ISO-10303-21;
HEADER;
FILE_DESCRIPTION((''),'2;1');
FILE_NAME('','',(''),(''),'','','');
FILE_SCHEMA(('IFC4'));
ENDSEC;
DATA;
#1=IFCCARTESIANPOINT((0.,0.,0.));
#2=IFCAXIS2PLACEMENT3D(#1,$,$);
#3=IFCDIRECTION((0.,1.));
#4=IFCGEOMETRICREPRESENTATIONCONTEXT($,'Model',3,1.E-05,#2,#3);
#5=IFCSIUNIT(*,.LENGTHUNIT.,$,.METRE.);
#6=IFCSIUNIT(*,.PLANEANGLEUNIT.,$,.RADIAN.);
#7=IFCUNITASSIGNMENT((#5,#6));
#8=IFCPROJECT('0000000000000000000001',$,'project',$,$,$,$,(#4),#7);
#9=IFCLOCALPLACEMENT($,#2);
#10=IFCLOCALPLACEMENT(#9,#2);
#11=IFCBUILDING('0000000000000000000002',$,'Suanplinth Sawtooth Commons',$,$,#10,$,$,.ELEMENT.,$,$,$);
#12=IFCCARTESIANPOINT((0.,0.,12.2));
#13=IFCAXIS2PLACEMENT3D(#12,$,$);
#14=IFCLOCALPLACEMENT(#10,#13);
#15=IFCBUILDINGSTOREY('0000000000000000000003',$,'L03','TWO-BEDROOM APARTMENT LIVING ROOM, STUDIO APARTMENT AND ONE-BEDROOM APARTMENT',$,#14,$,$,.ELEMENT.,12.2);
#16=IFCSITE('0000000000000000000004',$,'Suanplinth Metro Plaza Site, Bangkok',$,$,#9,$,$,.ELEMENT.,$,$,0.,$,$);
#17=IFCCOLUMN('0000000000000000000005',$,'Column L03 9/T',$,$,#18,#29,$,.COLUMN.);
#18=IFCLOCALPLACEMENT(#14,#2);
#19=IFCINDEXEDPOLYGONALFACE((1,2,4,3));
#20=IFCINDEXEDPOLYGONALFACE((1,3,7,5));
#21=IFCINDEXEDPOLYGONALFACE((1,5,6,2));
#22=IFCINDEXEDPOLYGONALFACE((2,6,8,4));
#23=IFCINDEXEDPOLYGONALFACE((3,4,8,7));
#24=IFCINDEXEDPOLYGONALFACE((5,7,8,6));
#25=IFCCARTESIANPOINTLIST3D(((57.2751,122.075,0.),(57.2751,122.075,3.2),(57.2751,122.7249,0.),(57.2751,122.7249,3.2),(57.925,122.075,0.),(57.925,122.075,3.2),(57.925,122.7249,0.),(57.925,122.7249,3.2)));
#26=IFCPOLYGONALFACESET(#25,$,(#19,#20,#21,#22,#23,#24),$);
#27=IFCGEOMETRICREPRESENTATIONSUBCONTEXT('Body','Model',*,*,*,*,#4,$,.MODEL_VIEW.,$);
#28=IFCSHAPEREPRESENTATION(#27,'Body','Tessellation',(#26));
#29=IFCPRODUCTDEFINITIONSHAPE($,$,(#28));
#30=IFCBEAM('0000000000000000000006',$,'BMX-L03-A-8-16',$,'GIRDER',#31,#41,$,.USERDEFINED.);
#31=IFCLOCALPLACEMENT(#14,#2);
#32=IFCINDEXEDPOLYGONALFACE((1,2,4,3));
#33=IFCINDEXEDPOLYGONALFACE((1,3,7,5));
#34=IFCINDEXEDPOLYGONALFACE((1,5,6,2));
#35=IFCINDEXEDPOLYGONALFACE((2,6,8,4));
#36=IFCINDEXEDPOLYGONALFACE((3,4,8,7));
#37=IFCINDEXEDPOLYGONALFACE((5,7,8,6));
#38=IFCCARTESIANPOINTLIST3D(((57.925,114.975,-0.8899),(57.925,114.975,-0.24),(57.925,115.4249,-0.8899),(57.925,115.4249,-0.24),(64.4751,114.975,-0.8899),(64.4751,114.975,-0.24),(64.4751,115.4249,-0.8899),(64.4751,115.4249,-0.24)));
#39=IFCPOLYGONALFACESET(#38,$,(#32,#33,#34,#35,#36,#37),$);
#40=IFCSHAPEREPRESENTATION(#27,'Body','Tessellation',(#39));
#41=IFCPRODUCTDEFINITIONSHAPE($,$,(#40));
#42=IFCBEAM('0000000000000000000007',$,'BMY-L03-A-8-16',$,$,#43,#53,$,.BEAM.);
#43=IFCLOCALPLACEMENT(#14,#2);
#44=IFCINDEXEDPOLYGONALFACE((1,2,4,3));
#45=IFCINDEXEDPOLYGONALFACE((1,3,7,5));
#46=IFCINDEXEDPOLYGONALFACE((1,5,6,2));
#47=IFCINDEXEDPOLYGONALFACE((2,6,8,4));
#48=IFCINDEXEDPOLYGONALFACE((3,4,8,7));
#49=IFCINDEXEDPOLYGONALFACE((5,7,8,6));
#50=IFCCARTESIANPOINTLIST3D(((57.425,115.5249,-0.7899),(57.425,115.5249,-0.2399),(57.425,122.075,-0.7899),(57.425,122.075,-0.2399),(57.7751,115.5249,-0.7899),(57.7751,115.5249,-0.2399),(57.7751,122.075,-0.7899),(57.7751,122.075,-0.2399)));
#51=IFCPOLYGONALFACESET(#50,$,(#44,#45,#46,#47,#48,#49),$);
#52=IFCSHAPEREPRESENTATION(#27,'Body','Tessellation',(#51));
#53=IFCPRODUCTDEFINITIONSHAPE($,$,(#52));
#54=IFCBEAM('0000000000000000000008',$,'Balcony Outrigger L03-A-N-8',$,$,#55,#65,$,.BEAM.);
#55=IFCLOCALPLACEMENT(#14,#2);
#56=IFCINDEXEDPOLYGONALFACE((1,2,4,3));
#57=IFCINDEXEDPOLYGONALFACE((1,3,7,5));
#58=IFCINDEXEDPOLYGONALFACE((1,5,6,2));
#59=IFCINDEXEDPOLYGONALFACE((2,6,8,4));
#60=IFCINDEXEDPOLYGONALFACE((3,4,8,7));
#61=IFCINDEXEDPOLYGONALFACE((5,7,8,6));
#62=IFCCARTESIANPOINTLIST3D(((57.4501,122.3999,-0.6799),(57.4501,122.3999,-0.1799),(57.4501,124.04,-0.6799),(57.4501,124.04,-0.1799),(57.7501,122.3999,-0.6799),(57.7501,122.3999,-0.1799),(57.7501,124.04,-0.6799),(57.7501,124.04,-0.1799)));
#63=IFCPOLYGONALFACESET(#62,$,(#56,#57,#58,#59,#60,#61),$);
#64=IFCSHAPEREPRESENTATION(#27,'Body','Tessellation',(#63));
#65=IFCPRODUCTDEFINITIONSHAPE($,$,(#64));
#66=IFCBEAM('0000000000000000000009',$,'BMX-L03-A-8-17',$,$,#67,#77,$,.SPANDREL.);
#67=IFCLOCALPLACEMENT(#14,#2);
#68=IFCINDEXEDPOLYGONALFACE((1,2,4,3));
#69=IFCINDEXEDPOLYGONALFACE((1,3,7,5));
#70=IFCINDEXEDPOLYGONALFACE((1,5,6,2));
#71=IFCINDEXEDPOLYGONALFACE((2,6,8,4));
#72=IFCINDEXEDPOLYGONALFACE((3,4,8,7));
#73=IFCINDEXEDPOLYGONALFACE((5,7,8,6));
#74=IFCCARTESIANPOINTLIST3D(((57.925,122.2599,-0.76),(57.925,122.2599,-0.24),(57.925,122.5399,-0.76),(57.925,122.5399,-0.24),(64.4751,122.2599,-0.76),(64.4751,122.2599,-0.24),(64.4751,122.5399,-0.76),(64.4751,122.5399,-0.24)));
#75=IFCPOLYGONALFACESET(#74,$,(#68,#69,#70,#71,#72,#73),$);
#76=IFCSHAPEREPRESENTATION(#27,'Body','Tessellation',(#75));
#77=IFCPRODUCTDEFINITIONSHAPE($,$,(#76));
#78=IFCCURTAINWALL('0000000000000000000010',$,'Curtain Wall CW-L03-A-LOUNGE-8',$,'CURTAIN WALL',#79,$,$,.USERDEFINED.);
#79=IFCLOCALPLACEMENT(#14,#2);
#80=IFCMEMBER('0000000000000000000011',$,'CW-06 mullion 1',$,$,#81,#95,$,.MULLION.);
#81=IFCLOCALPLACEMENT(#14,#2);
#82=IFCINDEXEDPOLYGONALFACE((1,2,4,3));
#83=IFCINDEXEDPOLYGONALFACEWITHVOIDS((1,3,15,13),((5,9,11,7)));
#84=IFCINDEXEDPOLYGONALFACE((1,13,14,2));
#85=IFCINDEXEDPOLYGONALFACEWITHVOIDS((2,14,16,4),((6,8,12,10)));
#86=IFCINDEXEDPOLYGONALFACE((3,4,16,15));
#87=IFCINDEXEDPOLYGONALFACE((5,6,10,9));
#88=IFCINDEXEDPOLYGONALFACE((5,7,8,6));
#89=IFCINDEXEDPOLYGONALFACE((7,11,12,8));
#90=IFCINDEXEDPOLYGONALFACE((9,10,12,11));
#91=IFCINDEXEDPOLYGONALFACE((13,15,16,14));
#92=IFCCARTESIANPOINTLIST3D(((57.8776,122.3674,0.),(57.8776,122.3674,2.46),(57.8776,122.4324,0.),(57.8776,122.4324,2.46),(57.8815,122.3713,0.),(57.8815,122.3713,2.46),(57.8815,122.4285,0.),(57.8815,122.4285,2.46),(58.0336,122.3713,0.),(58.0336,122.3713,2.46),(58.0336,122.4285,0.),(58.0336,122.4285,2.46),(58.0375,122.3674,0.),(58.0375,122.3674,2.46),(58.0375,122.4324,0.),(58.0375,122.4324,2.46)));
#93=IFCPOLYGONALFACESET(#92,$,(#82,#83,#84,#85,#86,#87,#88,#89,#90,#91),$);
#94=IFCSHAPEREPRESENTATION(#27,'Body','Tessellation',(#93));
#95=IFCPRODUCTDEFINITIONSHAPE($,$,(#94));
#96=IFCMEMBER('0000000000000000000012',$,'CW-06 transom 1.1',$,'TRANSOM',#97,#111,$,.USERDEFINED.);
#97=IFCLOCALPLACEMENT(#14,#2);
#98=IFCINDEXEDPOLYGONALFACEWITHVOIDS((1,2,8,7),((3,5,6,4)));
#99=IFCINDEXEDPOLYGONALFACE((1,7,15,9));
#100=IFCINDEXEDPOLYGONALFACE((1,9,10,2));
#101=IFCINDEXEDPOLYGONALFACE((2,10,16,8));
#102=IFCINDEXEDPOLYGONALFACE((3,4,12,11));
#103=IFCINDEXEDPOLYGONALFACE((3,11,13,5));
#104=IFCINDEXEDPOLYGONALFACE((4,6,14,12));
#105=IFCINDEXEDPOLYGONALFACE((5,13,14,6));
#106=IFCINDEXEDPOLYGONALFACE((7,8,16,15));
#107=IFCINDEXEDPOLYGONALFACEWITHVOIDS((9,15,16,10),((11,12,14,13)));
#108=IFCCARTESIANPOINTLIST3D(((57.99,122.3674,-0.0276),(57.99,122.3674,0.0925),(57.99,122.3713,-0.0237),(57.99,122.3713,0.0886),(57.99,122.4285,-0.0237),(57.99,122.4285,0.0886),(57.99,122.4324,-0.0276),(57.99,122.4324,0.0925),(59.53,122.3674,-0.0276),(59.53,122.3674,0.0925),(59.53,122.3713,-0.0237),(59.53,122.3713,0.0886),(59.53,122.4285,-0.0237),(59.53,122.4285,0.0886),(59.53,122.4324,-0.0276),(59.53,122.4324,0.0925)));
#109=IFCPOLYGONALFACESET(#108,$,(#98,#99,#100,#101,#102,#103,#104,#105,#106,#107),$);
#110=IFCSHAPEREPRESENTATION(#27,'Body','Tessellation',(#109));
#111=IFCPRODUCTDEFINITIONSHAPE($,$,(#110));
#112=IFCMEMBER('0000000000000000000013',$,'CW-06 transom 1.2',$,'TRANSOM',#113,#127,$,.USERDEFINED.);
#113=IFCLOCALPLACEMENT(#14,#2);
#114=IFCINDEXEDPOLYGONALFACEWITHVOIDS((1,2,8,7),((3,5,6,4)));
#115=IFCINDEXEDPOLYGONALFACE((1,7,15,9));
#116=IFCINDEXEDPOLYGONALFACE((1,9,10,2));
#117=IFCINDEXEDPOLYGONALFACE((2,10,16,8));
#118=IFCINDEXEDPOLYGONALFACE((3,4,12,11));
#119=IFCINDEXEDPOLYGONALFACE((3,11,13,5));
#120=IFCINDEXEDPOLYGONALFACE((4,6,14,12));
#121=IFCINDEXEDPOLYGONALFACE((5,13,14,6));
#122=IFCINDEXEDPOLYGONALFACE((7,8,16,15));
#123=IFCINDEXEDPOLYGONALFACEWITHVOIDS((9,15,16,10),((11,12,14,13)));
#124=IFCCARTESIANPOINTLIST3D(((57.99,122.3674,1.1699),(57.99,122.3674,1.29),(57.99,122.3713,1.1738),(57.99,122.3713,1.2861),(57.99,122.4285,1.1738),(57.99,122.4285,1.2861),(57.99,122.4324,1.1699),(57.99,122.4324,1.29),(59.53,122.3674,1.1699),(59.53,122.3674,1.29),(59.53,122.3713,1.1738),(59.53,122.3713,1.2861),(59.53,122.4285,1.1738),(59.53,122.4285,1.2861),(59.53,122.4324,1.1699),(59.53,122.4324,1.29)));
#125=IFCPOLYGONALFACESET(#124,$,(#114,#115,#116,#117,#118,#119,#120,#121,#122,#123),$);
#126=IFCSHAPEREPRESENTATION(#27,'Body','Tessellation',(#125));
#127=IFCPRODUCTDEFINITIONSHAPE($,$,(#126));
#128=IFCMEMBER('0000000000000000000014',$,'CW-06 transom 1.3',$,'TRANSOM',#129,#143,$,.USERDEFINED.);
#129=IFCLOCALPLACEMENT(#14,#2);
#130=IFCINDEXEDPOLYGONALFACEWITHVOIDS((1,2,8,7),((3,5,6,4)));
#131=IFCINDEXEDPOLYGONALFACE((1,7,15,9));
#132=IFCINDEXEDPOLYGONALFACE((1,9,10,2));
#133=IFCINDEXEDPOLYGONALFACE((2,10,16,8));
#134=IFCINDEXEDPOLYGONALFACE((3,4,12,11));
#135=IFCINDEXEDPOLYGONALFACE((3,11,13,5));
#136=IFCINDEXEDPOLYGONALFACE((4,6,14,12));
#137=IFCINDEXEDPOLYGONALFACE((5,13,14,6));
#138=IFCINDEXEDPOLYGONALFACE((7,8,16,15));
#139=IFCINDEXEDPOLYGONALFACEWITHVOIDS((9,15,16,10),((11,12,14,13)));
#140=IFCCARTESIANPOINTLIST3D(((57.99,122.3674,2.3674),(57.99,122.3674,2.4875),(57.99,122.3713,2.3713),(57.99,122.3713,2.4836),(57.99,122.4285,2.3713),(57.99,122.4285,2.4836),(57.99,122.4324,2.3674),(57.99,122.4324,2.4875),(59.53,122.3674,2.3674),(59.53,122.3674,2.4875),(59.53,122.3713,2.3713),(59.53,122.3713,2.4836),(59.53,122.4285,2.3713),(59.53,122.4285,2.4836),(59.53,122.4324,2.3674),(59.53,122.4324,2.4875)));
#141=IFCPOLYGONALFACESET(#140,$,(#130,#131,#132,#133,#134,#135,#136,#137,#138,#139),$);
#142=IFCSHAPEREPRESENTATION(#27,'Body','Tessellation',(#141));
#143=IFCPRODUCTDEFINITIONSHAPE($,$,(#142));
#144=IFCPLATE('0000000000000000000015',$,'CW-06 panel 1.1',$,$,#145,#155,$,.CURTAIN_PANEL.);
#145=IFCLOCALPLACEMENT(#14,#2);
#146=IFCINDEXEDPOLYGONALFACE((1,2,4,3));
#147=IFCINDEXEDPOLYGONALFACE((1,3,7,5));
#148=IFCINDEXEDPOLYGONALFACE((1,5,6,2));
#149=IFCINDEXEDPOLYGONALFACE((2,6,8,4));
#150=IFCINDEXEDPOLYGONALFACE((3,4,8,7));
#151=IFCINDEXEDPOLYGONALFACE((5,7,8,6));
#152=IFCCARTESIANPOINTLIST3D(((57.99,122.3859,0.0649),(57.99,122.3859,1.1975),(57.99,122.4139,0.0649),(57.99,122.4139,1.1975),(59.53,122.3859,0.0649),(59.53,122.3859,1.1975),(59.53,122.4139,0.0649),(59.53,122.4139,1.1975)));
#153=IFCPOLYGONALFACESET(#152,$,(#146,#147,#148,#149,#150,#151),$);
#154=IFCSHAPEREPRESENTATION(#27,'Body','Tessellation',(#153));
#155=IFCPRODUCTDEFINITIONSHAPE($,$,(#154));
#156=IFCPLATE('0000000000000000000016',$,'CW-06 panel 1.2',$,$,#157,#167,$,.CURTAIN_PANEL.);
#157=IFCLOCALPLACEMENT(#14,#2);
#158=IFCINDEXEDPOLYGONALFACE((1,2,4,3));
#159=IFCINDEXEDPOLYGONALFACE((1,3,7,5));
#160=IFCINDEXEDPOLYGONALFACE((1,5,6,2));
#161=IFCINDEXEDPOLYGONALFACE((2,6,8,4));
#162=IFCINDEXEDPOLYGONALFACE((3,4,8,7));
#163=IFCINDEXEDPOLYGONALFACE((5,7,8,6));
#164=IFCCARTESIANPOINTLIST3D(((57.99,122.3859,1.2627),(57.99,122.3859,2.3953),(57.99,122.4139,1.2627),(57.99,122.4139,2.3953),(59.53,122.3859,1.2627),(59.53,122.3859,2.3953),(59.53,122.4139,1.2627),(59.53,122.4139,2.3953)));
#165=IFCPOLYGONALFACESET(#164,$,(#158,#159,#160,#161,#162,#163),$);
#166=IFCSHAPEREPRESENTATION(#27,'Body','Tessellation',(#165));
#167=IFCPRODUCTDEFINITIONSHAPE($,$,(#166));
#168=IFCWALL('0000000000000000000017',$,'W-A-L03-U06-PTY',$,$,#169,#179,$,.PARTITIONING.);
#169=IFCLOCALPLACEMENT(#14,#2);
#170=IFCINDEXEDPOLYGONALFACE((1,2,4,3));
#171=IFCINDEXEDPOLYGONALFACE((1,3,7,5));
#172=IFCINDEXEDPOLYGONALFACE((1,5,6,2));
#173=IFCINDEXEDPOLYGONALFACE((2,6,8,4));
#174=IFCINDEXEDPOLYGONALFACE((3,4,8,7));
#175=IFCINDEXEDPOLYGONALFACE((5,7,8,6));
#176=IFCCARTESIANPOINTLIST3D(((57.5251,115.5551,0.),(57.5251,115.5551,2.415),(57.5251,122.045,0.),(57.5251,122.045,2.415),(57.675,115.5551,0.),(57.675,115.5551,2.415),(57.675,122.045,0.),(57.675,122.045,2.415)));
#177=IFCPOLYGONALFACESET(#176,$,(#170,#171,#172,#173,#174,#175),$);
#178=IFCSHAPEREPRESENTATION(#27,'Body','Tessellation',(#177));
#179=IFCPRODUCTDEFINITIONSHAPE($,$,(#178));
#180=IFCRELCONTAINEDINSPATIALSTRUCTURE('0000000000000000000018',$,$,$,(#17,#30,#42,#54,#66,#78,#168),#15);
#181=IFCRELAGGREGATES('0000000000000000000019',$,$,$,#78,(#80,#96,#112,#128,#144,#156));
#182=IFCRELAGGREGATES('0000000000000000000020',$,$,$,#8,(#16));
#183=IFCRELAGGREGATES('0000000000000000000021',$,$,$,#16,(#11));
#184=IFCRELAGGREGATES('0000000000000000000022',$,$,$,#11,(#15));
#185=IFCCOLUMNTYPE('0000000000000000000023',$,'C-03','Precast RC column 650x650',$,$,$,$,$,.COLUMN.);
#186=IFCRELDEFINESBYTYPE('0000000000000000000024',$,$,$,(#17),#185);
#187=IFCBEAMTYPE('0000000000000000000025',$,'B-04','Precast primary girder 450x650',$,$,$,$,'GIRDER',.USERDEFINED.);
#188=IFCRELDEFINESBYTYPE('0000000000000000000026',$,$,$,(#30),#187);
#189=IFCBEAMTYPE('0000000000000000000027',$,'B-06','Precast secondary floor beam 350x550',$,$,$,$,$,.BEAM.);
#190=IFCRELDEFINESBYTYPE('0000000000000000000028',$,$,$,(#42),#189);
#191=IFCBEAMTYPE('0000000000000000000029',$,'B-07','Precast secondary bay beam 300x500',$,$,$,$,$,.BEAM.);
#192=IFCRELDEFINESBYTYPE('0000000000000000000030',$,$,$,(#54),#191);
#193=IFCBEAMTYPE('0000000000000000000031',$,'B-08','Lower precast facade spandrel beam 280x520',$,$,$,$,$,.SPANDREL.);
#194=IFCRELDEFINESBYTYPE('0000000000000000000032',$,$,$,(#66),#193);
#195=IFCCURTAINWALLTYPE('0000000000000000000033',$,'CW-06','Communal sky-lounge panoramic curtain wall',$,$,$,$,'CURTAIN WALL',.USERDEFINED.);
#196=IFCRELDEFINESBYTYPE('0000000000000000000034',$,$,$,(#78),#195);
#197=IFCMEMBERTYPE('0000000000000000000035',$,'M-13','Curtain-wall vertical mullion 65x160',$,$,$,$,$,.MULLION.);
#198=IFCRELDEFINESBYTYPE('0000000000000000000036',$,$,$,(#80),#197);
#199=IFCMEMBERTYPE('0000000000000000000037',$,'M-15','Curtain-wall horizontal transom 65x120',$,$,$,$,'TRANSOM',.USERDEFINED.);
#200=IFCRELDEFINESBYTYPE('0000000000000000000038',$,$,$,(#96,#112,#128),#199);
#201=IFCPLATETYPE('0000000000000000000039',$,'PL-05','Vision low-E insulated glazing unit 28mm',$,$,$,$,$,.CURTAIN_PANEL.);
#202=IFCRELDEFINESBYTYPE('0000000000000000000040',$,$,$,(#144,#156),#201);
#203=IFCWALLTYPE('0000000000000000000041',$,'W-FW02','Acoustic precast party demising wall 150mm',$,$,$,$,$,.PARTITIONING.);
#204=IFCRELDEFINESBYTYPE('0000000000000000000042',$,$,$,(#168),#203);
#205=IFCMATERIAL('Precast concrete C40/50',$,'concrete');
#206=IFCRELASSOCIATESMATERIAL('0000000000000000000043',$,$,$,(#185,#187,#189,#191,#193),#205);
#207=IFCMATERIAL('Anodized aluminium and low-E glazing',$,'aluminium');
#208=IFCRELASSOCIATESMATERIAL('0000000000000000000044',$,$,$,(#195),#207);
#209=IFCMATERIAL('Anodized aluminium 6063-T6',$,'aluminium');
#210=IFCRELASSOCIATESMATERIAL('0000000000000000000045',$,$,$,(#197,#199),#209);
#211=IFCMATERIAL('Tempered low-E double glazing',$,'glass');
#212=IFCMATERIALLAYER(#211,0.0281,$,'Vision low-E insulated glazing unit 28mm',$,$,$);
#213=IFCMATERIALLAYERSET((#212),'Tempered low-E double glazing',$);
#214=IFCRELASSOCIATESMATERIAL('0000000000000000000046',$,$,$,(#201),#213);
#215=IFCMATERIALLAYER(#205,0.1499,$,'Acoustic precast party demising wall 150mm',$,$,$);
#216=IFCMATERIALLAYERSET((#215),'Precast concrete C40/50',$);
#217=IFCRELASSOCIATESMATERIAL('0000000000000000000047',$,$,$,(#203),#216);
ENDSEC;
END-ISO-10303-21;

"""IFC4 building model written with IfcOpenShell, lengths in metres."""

from ifc_helpers import new_model, si_unit, direction, frame, frame_2d, origin, origin_2d, place, context, subcontext, project, spatial, rectangle, hollow_rectangle, extrude, material, layer, layer_set, material_profile, profile_set, type_object, element, aggregate, save


model = new_model("IFC4")

# Units and contexts
model_context = context("Model", 3, precision=1e-05, world=origin(), true_north=direction((0.0, 1.0)))
body_context = subcontext(model_context, "Body", "Model", "MODEL_VIEW")
ifc_project = project(units=[si_unit("LENGTHUNIT", "METRE"), si_unit("PLANEANGLEUNIT", "RADIAN")], contexts=[model_context])

# Site, building, storey
site_placement = place(None, origin())
site = spatial("IfcSite", under=ifc_project, at=site_placement, Name="Suanplinth Metro Plaza Site, Bangkok", CompositionType="ELEMENT", RefElevation=0.0)
building_placement = place(site_placement, origin())
building = spatial("IfcBuilding", under=site, at=building_placement, Name="Suanplinth Sawtooth Commons", CompositionType="ELEMENT")
storey_placement = place(building_placement, frame((0.0, 0.0, 12.2)))
storey = spatial("IfcBuildingStorey", under=building, at=storey_placement, Name="L03", Description="TWO-BEDROOM APARTMENT LIVING ROOM, STUDIO APARTMENT AND ONE-BEDROOM APARTMENT", CompositionType="ELEMENT", Elevation=12.2)

# Column
ifc_material_1 = material(Name="Precast concrete C40/50", Category="concrete")
ifc_material_profile_1 = material_profile(ifc_material_1, rectangle(XDim=0.6499, YDim=0.6499, at=origin_2d()), Name="PC-COL 650x650")
ifc_profile_set_1 = profile_set([ifc_material_profile_1], Name="Precast concrete C40/50")
column_type = type_object("IfcColumnType", Name="C-03", Description="Precast RC column 650x650", PredefinedType="COLUMN", material=ifc_profile_set_1)
column_placement = place(storey_placement, frame((57.6001, 122.3999, 0.0), z_axis=(0.0, 0.0, 1.0), x_axis=(1.0, 0.0, 0.0)))
element("IfcColumn", 1, at=column_placement, inside=storey, type_object=column_type, Name="Column L03 9/T", PredefinedType="COLUMN", context=body_context, shape_type="SweptSolid", body=[
    extrude(rectangle(XDim=0.6499, YDim=0.6499, at=origin_2d()), origin(), (0.0, 0.0, 1.0), 3.2),
])

# Beams
ifc_material_profile_2 = material_profile(ifc_material_1, rectangle(XDim=0.45, YDim=0.6499, at=origin_2d()), Name="PC-GDR 450x650")
ifc_profile_set_2 = profile_set([ifc_material_profile_2], Name="Precast concrete C40/50")
beam_type_1 = type_object("IfcBeamType", Name="B-04", Description="Precast primary girder 450x650", ElementType="GIRDER", PredefinedType="USERDEFINED", material=ifc_profile_set_2)
beam_1_placement = place(storey_placement, frame((57.925, 115.2, -0.5649), z_axis=(1.0, 0.0, 0.0), x_axis=(0.0, 1.0, 0.0)))
element("IfcBeam", 2, at=beam_1_placement, inside=storey, type_object=beam_type_1, Name="BMX-L03-A-8-16", ObjectType="GIRDER", PredefinedType="USERDEFINED", context=body_context, shape_type="SweptSolid", body=[
    extrude(rectangle(XDim=0.45, YDim=0.6499, at=origin_2d()), origin(), (0.0, 0.0, 1.0), 6.55),
])
ifc_material_profile_3 = material_profile(ifc_material_1, rectangle(XDim=0.3501, YDim=0.55, at=origin_2d()), Name="PC-BM 350x550")
ifc_profile_set_3 = profile_set([ifc_material_profile_3], Name="Precast concrete C40/50")
beam_type_2 = type_object("IfcBeamType", Name="B-06", Description="Precast secondary floor beam 350x550", PredefinedType="BEAM", material=ifc_profile_set_3)
beam_2_placement = place(storey_placement, frame((57.6001, 115.5249, -0.5149), z_axis=(0.0, 1.0, 0.0), x_axis=(-1.0, 0.0, 0.0)))
element("IfcBeam", 3, at=beam_2_placement, inside=storey, type_object=beam_type_2, Name="BMY-L03-A-8-16", PredefinedType="BEAM", context=body_context, shape_type="SweptSolid", body=[
    extrude(rectangle(XDim=0.3501, YDim=0.55, at=origin_2d()), origin(), (0.0, 0.0, 1.0), 6.55),
])
ifc_material_profile_4 = material_profile(ifc_material_1, rectangle(XDim=0.3, YDim=0.5, at=origin_2d()), Name="PC-BM 300x500")
ifc_profile_set_4 = profile_set([ifc_material_profile_4], Name="Precast concrete C40/50")
beam_type_3 = type_object("IfcBeamType", Name="B-07", Description="Precast secondary bay beam 300x500", PredefinedType="BEAM", material=ifc_profile_set_4)
beam_3_placement = place(storey_placement, frame((57.6001, 122.3999, -0.4299), z_axis=(0.0, 1.0, 0.0), x_axis=(-1.0, 0.0, 0.0)))
element("IfcBeam", 4, at=beam_3_placement, inside=storey, type_object=beam_type_3, Name="Balcony Outrigger L03-A-N-8", PredefinedType="BEAM", context=body_context, shape_type="SweptSolid", body=[
    extrude(rectangle(XDim=0.3, YDim=0.5, at=origin_2d()), origin(), (0.0, 0.0, 1.0), 1.6401),
])
ifc_material_profile_5 = material_profile(ifc_material_1, rectangle(XDim=0.28, YDim=0.52, at=origin_2d()), Name="PC-SP 280x520")
ifc_profile_set_5 = profile_set([ifc_material_profile_5], Name="Precast concrete C40/50")
beam_type_4 = type_object("IfcBeamType", Name="B-08", Description="Lower precast facade spandrel beam 280x520", PredefinedType="SPANDREL", material=ifc_profile_set_5)
beam_4_placement = place(storey_placement, frame((57.925, 122.3999, -0.5), z_axis=(1.0, 0.0, 0.0), x_axis=(0.0, 1.0, 0.0)))
element("IfcBeam", 5, at=beam_4_placement, inside=storey, type_object=beam_type_4, Name="BMX-L03-A-8-17", PredefinedType="SPANDREL", context=body_context, shape_type="SweptSolid", body=[
    extrude(rectangle(XDim=0.28, YDim=0.52, at=origin_2d()), origin(), (0.0, 0.0, 1.0), 6.55),
])

# Curtain wall, members, plates
ifc_material_2 = material(Name="Anodized aluminium and low-E glazing", Category="aluminium")
curtain_wall_type = type_object("IfcCurtainWallType", Name="CW-06", Description="Communal sky-lounge panoramic curtain wall", ElementType="CURTAIN WALL", PredefinedType="USERDEFINED", material=ifc_material_2)
curtain_wall_placement = place(storey_placement, origin())
curtain_wall = element("IfcCurtainWall", 6, at=curtain_wall_placement, inside=storey, type_object=curtain_wall_type, Name="Curtain Wall CW-L03-A-LOUNGE-8", ObjectType="CURTAIN WALL", PredefinedType="USERDEFINED")
ifc_material_3 = material(Name="Anodized aluminium 6063-T6", Category="aluminium")
ifc_material_profile_6 = material_profile(ifc_material_3, hollow_rectangle(XDim=0.0649, YDim=0.1599, WallThickness=0.0039, at=origin_2d()), Name="ALU-MUL 65x160")
ifc_profile_set_6 = profile_set([ifc_material_profile_6], Name="Anodized aluminium 6063-T6")
member_type_1 = type_object("IfcMemberType", Name="M-13", Description="Curtain-wall vertical mullion 65x160", PredefinedType="MULLION", material=ifc_profile_set_6)
member_1_placement = place(storey_placement, frame((57.9575, 122.3999, 0.0), z_axis=(0.0, 0.0, 1.0), x_axis=(0.0, 1.0, 0.0)))
member_1 = element("IfcMember", 7, at=member_1_placement, type_object=member_type_1, Name="CW-06 mullion 1", PredefinedType="MULLION", context=body_context, shape_type="SweptSolid", body=[
    extrude(hollow_rectangle(XDim=0.0649, YDim=0.1599, WallThickness=0.0039, at=origin_2d()), origin(), (0.0, 0.0, 1.0), 2.46),
])
ifc_material_profile_7 = material_profile(ifc_material_3, hollow_rectangle(XDim=0.0649, YDim=0.1201, WallThickness=0.0039, at=origin_2d()), Name="ALU-TRN 65x120")
ifc_profile_set_7 = profile_set([ifc_material_profile_7], Name="Anodized aluminium 6063-T6")
member_type_2 = type_object("IfcMemberType", Name="M-15", Description="Curtain-wall horizontal transom 65x120", ElementType="TRANSOM", PredefinedType="USERDEFINED", material=ifc_profile_set_7)
member_2_placement = place(storey_placement, frame((57.99, 122.3999, 0.0325), z_axis=(1.0, 0.0, 0.0), x_axis=(0.0, 1.0, 0.0)))
member_2 = element("IfcMember", 8, at=member_2_placement, type_object=member_type_2, Name="CW-06 transom 1.1", ObjectType="TRANSOM", PredefinedType="USERDEFINED", context=body_context, shape_type="SweptSolid", body=[
    extrude(hollow_rectangle(XDim=0.0649, YDim=0.1201, WallThickness=0.0039, at=origin_2d()), origin(), (0.0, 0.0, 1.0), 1.54),
])
member_3_placement = place(storey_placement, frame((57.99, 122.3999, 1.23), z_axis=(1.0, 0.0, 0.0), x_axis=(0.0, 1.0, 0.0)))
member_3 = element("IfcMember", 9, at=member_3_placement, type_object=member_type_2, Name="CW-06 transom 1.2", ObjectType="TRANSOM", PredefinedType="USERDEFINED", context=body_context, shape_type="SweptSolid", body=[
    extrude(hollow_rectangle(XDim=0.0649, YDim=0.1201, WallThickness=0.0039, at=origin_2d()), origin(), (0.0, 0.0, 1.0), 1.54),
])
member_4_placement = place(storey_placement, frame((57.99, 122.3999, 2.4275), z_axis=(1.0, 0.0, 0.0), x_axis=(0.0, 1.0, 0.0)))
member_4 = element("IfcMember", 10, at=member_4_placement, type_object=member_type_2, Name="CW-06 transom 1.3", ObjectType="TRANSOM", PredefinedType="USERDEFINED", context=body_context, shape_type="SweptSolid", body=[
    extrude(hollow_rectangle(XDim=0.0649, YDim=0.1201, WallThickness=0.0039, at=origin_2d()), origin(), (0.0, 0.0, 1.0), 1.54),
])
ifc_material_4 = material(Name="Tempered low-E double glazing", Category="glass")
ifc_layer_1 = layer(ifc_material_4, 0.0281, Name="Vision low-E insulated glazing unit 28mm")
ifc_layer_set_1 = layer_set([ifc_layer_1], Name="Tempered low-E double glazing")
plate_type = type_object("IfcPlateType", Name="PL-05", Description="Vision low-E insulated glazing unit 28mm", PredefinedType="CURTAIN_PANEL", material=ifc_layer_set_1)
plate_1_placement = place(storey_placement, frame((58.76, 122.3999, 0.0649), z_axis=(0.0, 0.0, 1.0), x_axis=(1.0, 0.0, 0.0)))
plate_1 = element("IfcPlate", 11, at=plate_1_placement, type_object=plate_type, Name="CW-06 panel 1.1", PredefinedType="CURTAIN_PANEL", context=body_context, shape_type="SweptSolid", body=[
    extrude(rectangle(XDim=1.54, YDim=0.0281, at=origin_2d()), origin(), (0.0, 0.0, 1.0), 1.1326),
])
plate_2_placement = place(storey_placement, frame((58.76, 122.3999, 1.2627), z_axis=(0.0, 0.0, 1.0), x_axis=(1.0, 0.0, 0.0)))
plate_2 = element("IfcPlate", 12, at=plate_2_placement, type_object=plate_type, Name="CW-06 panel 1.2", PredefinedType="CURTAIN_PANEL", context=body_context, shape_type="SweptSolid", body=[
    extrude(rectangle(XDim=1.54, YDim=0.0281, at=origin_2d()), origin(), (0.0, 0.0, 1.0), 1.1326),
])
aggregate(curtain_wall, [member_1, member_2, member_3, member_4, plate_1, plate_2])

# Wall
ifc_layer_2 = layer(ifc_material_1, 0.1499, Name="Acoustic precast party demising wall 150mm")
ifc_layer_set_2 = layer_set([ifc_layer_2], Name="Precast concrete C40/50")
wall_type_1 = type_object("IfcWallType", Name="W-FW02", Description="Acoustic precast party demising wall 150mm", PredefinedType="PARTITIONING", material=ifc_layer_set_2)
wall_1_placement = place(storey_placement, frame((57.6001, 115.5549, 0.0), z_axis=(0.0, 0.0, 1.0), x_axis=(0.0, 1.0, 0.0)))
element("IfcWall", 13, at=wall_1_placement, inside=storey, type_object=wall_type_1, Name="W-A-L03-U06-PTY", PredefinedType="PARTITIONING", context=body_context, shape_type="SweptSolid", body=[
    extrude(rectangle(XDim=6.49, YDim=0.1499, at=frame_2d((3.2451, 0.0))), origin(), (0.0, 0.0, 1.0), 2.415),
])

save(model, "model.ifc")
